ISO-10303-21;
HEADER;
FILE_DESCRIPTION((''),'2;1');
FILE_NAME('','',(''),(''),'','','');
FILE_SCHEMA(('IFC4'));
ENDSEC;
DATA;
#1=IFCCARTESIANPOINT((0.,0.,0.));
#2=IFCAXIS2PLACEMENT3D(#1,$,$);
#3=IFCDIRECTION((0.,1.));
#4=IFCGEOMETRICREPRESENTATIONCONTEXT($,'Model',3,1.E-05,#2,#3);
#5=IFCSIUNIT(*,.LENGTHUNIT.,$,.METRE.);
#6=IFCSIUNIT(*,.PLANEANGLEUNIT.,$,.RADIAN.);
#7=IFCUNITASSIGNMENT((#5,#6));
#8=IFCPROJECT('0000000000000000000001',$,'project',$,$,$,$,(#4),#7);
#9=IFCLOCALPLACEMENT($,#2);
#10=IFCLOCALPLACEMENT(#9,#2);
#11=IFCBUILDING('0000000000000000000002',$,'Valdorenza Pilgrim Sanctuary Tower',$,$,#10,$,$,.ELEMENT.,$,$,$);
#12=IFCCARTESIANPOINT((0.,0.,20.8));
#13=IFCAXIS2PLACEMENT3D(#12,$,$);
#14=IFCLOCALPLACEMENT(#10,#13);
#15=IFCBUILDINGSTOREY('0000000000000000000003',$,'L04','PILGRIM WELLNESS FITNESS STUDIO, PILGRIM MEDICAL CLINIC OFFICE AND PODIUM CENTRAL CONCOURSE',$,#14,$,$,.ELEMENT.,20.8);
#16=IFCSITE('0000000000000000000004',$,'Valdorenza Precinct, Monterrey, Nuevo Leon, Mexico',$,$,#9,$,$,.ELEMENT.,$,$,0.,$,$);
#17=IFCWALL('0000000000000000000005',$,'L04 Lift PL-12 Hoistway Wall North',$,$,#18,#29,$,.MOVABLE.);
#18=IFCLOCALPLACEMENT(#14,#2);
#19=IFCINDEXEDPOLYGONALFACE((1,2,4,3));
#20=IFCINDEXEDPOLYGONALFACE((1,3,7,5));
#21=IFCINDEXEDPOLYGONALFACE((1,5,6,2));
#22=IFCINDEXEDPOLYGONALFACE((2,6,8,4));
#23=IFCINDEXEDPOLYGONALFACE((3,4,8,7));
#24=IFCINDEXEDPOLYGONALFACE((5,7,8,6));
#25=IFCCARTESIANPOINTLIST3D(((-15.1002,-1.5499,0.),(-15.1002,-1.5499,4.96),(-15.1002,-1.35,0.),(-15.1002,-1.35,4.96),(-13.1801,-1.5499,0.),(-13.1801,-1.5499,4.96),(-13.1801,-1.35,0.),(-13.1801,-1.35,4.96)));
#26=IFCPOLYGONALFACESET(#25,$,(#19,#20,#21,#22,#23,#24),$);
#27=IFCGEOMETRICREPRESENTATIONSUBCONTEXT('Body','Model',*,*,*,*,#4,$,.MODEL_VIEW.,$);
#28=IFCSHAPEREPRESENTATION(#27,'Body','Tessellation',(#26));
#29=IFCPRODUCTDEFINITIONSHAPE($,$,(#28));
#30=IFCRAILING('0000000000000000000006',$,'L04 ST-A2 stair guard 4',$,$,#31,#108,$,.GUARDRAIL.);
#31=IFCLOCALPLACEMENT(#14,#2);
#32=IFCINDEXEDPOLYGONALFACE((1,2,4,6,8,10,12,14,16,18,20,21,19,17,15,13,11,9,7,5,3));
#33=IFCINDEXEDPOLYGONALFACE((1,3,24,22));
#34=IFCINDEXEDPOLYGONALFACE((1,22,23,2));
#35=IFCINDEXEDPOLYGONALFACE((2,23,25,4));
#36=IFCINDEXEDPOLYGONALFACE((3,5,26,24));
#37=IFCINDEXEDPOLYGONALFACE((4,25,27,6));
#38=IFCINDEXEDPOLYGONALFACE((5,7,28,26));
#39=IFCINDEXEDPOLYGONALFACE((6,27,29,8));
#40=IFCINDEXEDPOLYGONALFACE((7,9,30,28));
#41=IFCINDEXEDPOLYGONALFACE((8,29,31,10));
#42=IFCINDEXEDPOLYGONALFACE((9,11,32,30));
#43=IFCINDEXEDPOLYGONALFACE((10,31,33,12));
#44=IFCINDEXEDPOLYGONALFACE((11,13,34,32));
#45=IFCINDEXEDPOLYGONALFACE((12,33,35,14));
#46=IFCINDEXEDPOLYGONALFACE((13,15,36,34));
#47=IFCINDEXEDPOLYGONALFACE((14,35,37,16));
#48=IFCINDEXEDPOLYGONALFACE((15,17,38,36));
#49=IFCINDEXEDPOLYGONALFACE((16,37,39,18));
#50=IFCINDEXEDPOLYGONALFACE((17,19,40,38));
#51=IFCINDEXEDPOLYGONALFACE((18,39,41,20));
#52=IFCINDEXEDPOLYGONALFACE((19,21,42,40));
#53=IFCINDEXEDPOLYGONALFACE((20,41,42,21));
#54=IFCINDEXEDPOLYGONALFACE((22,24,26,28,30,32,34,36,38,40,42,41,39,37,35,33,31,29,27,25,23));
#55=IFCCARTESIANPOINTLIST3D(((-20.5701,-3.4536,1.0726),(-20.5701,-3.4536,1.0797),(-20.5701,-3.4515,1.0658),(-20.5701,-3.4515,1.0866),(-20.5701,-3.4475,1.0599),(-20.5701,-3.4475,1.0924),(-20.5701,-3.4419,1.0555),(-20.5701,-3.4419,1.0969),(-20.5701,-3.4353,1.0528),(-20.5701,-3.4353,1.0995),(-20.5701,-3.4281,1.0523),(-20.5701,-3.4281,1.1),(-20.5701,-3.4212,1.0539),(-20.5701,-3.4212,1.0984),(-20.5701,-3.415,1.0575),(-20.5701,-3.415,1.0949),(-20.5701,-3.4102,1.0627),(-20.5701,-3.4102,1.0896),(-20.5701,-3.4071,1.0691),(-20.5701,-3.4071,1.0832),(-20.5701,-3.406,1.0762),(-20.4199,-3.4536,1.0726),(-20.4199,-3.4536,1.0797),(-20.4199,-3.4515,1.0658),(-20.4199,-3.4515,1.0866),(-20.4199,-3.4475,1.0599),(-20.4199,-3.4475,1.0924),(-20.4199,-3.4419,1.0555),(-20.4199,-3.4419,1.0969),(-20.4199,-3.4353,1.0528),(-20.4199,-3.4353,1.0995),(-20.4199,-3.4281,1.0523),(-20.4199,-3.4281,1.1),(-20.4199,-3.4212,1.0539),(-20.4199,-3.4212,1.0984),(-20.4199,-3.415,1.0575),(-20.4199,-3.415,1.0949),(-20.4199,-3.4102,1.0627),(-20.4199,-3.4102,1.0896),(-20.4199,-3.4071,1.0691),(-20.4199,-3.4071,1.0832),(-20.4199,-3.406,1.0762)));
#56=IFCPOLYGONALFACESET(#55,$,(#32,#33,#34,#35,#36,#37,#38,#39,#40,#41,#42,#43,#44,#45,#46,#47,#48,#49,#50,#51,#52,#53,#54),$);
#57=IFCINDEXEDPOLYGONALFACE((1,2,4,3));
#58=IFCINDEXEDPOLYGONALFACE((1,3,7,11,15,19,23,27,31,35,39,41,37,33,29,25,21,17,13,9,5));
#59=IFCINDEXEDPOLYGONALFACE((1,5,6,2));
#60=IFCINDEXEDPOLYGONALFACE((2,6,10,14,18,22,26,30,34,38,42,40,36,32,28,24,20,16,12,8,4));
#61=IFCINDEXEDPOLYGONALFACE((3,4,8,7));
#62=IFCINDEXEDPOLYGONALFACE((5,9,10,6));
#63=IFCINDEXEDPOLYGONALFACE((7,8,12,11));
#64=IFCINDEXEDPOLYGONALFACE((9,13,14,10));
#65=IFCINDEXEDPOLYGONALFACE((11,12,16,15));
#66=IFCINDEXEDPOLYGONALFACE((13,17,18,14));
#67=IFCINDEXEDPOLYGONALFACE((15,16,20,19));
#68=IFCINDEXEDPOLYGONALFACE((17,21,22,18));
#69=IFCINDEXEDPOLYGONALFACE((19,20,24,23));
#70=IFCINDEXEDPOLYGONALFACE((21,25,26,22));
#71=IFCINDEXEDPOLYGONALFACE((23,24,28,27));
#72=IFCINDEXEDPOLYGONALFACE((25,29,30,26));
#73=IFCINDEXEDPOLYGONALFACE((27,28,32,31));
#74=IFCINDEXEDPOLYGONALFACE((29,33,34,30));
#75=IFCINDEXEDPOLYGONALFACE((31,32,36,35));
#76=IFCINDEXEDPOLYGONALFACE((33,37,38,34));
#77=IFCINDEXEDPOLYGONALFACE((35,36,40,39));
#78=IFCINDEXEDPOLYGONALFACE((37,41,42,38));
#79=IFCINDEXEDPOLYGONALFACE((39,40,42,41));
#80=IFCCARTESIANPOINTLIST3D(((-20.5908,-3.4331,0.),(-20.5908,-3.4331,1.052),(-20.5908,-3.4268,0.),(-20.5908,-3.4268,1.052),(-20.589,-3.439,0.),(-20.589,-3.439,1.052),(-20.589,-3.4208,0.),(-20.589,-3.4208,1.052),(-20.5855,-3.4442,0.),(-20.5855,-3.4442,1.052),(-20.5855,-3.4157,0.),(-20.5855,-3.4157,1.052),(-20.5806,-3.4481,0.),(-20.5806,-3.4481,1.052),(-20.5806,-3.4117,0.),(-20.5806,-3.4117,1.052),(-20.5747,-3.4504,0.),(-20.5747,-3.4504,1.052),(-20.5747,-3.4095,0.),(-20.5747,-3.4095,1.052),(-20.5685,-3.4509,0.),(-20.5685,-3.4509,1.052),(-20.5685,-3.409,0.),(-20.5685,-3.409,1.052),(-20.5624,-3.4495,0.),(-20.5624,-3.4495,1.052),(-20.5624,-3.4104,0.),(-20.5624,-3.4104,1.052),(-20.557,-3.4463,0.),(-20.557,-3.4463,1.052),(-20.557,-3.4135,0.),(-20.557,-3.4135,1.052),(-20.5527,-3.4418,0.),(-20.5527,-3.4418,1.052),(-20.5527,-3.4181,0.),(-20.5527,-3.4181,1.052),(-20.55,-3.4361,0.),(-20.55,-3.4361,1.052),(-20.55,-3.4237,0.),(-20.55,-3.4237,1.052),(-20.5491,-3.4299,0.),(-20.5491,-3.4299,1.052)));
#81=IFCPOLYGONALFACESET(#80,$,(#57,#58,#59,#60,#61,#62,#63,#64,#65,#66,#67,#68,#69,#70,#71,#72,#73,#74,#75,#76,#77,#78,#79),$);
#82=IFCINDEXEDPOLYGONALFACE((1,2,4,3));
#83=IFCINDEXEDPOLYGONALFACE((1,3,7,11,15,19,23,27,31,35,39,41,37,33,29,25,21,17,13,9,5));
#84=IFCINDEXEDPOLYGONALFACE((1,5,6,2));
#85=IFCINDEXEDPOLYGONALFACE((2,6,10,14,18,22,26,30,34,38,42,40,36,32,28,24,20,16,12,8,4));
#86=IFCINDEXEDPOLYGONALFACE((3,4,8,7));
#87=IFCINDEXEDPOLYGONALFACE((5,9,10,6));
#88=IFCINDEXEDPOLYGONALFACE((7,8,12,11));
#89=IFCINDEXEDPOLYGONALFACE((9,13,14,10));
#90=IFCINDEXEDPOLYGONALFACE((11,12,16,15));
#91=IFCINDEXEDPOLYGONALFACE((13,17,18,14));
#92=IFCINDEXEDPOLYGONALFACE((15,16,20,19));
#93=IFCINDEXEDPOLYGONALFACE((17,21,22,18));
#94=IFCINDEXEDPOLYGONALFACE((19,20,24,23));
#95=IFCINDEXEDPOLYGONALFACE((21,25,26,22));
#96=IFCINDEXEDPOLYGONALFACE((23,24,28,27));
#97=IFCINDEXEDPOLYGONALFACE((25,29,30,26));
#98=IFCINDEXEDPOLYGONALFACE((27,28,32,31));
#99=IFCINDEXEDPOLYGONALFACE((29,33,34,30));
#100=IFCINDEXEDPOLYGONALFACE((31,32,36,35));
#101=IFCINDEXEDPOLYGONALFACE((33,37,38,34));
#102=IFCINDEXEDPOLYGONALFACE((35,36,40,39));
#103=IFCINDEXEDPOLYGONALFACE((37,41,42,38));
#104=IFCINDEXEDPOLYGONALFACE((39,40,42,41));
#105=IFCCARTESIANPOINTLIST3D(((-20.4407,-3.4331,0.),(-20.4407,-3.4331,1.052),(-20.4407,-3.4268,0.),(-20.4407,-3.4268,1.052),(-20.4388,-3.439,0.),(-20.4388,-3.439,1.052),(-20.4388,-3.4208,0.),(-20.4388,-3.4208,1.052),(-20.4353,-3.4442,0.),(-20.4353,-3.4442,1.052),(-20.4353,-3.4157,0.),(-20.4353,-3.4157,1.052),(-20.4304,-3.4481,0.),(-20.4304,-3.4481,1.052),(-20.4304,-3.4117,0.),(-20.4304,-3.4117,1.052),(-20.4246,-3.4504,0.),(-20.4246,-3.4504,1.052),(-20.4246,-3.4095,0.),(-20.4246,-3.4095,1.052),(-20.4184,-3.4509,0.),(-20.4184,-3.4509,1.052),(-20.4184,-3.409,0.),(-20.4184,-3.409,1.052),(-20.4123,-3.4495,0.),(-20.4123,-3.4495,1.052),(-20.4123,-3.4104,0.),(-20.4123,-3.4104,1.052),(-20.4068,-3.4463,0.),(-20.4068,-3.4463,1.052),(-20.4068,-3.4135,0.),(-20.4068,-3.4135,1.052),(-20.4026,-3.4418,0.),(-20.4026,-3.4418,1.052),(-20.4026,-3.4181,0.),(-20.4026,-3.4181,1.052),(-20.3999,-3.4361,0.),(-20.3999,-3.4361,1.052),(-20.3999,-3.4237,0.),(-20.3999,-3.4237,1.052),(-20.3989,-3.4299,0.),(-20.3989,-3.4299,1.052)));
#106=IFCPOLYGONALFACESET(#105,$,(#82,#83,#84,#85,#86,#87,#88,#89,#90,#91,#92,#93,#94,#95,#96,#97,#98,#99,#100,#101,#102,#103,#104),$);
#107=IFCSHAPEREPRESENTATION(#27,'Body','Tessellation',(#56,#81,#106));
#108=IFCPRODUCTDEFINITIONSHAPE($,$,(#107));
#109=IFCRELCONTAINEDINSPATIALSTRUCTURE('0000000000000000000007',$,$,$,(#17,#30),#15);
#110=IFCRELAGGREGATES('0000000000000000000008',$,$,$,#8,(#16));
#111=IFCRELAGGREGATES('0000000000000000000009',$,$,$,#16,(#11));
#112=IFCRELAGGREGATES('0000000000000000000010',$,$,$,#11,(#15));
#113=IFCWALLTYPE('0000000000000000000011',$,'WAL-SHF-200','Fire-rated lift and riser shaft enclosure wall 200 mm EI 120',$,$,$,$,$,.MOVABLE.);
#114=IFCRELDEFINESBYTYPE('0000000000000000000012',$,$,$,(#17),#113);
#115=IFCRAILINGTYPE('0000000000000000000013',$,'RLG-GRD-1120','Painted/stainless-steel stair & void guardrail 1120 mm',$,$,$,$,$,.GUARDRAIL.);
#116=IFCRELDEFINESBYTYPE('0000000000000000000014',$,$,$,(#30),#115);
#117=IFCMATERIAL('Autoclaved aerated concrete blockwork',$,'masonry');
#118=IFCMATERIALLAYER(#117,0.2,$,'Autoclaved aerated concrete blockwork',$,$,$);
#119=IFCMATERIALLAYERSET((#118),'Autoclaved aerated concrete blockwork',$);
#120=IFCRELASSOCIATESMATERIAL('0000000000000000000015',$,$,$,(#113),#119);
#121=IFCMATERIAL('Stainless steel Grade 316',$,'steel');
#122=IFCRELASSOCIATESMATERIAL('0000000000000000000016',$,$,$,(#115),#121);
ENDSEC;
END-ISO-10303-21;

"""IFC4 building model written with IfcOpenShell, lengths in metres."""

from ifc_helpers import new_model, si_unit, direction, frame, frame_2d, origin, origin_2d, place, context, subcontext, project, spatial, rectangle, circle, extrude, material, layer, layer_set, type_object, element, save


model = new_model("IFC4")

# Units and contexts
model_context = context("Model", 3, precision=1e-05, world=origin(), true_north=direction((0.0, 1.0)))
body_context = subcontext(model_context, "Body", "Model", "MODEL_VIEW")
ifc_project = project(units=[si_unit("LENGTHUNIT", "METRE"), si_unit("PLANEANGLEUNIT", "RADIAN")], contexts=[model_context])

# Site, building, storey
site_placement = place(None, origin())
site = spatial("IfcSite", under=ifc_project, at=site_placement, Name="Valdorenza Precinct, Monterrey, Nuevo Leon, Mexico", CompositionType="ELEMENT", RefElevation=0.0)
building_placement = place(site_placement, origin())
building = spatial("IfcBuilding", under=site, at=building_placement, Name="Valdorenza Pilgrim Sanctuary Tower", CompositionType="ELEMENT")
storey_placement = place(building_placement, frame((0.0, 0.0, 20.8)))
storey = spatial("IfcBuildingStorey", under=building, at=storey_placement, Name="L04", Description="PILGRIM WELLNESS FITNESS STUDIO, PILGRIM MEDICAL CLINIC OFFICE AND PODIUM CENTRAL CONCOURSE", CompositionType="ELEMENT", Elevation=20.8)

# Shared definitions
ifc_material_1 = material(Name="Autoclaved aerated concrete blockwork", Category="masonry")
ifc_layer_1 = layer(ifc_material_1, 0.2, Name="Autoclaved aerated concrete blockwork")
ifc_layer_set_1 = layer_set([ifc_layer_1], Name="Autoclaved aerated concrete blockwork")
wall_type_1 = type_object("IfcWallType", Name="WAL-SHF-200", Description="Fire-rated lift and riser shaft enclosure wall 200 mm EI 120", PredefinedType="MOVABLE", material=ifc_layer_set_1)

# Wall
for number, where, z_axis, x_axis, name in (
    (1, (-15.1001, -1.45, 0.0), (0.0, 0.0, 1.0), (1.0, 0.0, 0.0), "L04 Lift PL-12 Hoistway Wall North"),
):
    element("IfcWall", number, at=place(storey_placement, frame(where, z_axis=z_axis, x_axis=x_axis)), inside=storey, type_object=wall_type_1, Name=name, PredefinedType="MOVABLE", context=body_context, shape_type="SweptSolid", body=[
        extrude(rectangle(XDim=1.9202, YDim=0.2, at=frame_2d((0.96, 0.0))), origin(), (0.0, 0.0, 1.0), 4.96),
    ])

# Railing
ifc_material_2 = material(Name="Stainless steel Grade 316", Category="steel")
railing_type_1 = type_object("IfcRailingType", Name="RLG-GRD-1120", Description="Painted/stainless-steel stair & void guardrail 1120 mm", PredefinedType="GUARDRAIL", material=ifc_material_2)
railing_1_placement = place(storey_placement, frame((-20.5701, -3.4299, 0.0)))
element("IfcRailing", 2, at=railing_1_placement, inside=storey, type_object=railing_type_1, Name="L04 ST-A2 stair guard 4", PredefinedType="GUARDRAIL", context=body_context, shape_type="SweptSolid", body=[
    extrude(circle(Radius=0.0239, at=origin_2d()), frame((0.0, 0.0, 1.0762), z_axis=(1.0, 0.0, 0.0), x_axis=(0.0, 1.0, 0.0)), (0.0, 0.0, 1.0), 0.1501),
    extrude(circle(Radius=0.021, at=origin_2d()), origin(), (0.0, 0.0, 1.0), 1.052),
    extrude(circle(Radius=0.021, at=origin_2d()), frame((0.1501, 0.0, 0.0)), (0.0, 0.0, 1.0), 1.052),
])

save(model, "model.ifc")
